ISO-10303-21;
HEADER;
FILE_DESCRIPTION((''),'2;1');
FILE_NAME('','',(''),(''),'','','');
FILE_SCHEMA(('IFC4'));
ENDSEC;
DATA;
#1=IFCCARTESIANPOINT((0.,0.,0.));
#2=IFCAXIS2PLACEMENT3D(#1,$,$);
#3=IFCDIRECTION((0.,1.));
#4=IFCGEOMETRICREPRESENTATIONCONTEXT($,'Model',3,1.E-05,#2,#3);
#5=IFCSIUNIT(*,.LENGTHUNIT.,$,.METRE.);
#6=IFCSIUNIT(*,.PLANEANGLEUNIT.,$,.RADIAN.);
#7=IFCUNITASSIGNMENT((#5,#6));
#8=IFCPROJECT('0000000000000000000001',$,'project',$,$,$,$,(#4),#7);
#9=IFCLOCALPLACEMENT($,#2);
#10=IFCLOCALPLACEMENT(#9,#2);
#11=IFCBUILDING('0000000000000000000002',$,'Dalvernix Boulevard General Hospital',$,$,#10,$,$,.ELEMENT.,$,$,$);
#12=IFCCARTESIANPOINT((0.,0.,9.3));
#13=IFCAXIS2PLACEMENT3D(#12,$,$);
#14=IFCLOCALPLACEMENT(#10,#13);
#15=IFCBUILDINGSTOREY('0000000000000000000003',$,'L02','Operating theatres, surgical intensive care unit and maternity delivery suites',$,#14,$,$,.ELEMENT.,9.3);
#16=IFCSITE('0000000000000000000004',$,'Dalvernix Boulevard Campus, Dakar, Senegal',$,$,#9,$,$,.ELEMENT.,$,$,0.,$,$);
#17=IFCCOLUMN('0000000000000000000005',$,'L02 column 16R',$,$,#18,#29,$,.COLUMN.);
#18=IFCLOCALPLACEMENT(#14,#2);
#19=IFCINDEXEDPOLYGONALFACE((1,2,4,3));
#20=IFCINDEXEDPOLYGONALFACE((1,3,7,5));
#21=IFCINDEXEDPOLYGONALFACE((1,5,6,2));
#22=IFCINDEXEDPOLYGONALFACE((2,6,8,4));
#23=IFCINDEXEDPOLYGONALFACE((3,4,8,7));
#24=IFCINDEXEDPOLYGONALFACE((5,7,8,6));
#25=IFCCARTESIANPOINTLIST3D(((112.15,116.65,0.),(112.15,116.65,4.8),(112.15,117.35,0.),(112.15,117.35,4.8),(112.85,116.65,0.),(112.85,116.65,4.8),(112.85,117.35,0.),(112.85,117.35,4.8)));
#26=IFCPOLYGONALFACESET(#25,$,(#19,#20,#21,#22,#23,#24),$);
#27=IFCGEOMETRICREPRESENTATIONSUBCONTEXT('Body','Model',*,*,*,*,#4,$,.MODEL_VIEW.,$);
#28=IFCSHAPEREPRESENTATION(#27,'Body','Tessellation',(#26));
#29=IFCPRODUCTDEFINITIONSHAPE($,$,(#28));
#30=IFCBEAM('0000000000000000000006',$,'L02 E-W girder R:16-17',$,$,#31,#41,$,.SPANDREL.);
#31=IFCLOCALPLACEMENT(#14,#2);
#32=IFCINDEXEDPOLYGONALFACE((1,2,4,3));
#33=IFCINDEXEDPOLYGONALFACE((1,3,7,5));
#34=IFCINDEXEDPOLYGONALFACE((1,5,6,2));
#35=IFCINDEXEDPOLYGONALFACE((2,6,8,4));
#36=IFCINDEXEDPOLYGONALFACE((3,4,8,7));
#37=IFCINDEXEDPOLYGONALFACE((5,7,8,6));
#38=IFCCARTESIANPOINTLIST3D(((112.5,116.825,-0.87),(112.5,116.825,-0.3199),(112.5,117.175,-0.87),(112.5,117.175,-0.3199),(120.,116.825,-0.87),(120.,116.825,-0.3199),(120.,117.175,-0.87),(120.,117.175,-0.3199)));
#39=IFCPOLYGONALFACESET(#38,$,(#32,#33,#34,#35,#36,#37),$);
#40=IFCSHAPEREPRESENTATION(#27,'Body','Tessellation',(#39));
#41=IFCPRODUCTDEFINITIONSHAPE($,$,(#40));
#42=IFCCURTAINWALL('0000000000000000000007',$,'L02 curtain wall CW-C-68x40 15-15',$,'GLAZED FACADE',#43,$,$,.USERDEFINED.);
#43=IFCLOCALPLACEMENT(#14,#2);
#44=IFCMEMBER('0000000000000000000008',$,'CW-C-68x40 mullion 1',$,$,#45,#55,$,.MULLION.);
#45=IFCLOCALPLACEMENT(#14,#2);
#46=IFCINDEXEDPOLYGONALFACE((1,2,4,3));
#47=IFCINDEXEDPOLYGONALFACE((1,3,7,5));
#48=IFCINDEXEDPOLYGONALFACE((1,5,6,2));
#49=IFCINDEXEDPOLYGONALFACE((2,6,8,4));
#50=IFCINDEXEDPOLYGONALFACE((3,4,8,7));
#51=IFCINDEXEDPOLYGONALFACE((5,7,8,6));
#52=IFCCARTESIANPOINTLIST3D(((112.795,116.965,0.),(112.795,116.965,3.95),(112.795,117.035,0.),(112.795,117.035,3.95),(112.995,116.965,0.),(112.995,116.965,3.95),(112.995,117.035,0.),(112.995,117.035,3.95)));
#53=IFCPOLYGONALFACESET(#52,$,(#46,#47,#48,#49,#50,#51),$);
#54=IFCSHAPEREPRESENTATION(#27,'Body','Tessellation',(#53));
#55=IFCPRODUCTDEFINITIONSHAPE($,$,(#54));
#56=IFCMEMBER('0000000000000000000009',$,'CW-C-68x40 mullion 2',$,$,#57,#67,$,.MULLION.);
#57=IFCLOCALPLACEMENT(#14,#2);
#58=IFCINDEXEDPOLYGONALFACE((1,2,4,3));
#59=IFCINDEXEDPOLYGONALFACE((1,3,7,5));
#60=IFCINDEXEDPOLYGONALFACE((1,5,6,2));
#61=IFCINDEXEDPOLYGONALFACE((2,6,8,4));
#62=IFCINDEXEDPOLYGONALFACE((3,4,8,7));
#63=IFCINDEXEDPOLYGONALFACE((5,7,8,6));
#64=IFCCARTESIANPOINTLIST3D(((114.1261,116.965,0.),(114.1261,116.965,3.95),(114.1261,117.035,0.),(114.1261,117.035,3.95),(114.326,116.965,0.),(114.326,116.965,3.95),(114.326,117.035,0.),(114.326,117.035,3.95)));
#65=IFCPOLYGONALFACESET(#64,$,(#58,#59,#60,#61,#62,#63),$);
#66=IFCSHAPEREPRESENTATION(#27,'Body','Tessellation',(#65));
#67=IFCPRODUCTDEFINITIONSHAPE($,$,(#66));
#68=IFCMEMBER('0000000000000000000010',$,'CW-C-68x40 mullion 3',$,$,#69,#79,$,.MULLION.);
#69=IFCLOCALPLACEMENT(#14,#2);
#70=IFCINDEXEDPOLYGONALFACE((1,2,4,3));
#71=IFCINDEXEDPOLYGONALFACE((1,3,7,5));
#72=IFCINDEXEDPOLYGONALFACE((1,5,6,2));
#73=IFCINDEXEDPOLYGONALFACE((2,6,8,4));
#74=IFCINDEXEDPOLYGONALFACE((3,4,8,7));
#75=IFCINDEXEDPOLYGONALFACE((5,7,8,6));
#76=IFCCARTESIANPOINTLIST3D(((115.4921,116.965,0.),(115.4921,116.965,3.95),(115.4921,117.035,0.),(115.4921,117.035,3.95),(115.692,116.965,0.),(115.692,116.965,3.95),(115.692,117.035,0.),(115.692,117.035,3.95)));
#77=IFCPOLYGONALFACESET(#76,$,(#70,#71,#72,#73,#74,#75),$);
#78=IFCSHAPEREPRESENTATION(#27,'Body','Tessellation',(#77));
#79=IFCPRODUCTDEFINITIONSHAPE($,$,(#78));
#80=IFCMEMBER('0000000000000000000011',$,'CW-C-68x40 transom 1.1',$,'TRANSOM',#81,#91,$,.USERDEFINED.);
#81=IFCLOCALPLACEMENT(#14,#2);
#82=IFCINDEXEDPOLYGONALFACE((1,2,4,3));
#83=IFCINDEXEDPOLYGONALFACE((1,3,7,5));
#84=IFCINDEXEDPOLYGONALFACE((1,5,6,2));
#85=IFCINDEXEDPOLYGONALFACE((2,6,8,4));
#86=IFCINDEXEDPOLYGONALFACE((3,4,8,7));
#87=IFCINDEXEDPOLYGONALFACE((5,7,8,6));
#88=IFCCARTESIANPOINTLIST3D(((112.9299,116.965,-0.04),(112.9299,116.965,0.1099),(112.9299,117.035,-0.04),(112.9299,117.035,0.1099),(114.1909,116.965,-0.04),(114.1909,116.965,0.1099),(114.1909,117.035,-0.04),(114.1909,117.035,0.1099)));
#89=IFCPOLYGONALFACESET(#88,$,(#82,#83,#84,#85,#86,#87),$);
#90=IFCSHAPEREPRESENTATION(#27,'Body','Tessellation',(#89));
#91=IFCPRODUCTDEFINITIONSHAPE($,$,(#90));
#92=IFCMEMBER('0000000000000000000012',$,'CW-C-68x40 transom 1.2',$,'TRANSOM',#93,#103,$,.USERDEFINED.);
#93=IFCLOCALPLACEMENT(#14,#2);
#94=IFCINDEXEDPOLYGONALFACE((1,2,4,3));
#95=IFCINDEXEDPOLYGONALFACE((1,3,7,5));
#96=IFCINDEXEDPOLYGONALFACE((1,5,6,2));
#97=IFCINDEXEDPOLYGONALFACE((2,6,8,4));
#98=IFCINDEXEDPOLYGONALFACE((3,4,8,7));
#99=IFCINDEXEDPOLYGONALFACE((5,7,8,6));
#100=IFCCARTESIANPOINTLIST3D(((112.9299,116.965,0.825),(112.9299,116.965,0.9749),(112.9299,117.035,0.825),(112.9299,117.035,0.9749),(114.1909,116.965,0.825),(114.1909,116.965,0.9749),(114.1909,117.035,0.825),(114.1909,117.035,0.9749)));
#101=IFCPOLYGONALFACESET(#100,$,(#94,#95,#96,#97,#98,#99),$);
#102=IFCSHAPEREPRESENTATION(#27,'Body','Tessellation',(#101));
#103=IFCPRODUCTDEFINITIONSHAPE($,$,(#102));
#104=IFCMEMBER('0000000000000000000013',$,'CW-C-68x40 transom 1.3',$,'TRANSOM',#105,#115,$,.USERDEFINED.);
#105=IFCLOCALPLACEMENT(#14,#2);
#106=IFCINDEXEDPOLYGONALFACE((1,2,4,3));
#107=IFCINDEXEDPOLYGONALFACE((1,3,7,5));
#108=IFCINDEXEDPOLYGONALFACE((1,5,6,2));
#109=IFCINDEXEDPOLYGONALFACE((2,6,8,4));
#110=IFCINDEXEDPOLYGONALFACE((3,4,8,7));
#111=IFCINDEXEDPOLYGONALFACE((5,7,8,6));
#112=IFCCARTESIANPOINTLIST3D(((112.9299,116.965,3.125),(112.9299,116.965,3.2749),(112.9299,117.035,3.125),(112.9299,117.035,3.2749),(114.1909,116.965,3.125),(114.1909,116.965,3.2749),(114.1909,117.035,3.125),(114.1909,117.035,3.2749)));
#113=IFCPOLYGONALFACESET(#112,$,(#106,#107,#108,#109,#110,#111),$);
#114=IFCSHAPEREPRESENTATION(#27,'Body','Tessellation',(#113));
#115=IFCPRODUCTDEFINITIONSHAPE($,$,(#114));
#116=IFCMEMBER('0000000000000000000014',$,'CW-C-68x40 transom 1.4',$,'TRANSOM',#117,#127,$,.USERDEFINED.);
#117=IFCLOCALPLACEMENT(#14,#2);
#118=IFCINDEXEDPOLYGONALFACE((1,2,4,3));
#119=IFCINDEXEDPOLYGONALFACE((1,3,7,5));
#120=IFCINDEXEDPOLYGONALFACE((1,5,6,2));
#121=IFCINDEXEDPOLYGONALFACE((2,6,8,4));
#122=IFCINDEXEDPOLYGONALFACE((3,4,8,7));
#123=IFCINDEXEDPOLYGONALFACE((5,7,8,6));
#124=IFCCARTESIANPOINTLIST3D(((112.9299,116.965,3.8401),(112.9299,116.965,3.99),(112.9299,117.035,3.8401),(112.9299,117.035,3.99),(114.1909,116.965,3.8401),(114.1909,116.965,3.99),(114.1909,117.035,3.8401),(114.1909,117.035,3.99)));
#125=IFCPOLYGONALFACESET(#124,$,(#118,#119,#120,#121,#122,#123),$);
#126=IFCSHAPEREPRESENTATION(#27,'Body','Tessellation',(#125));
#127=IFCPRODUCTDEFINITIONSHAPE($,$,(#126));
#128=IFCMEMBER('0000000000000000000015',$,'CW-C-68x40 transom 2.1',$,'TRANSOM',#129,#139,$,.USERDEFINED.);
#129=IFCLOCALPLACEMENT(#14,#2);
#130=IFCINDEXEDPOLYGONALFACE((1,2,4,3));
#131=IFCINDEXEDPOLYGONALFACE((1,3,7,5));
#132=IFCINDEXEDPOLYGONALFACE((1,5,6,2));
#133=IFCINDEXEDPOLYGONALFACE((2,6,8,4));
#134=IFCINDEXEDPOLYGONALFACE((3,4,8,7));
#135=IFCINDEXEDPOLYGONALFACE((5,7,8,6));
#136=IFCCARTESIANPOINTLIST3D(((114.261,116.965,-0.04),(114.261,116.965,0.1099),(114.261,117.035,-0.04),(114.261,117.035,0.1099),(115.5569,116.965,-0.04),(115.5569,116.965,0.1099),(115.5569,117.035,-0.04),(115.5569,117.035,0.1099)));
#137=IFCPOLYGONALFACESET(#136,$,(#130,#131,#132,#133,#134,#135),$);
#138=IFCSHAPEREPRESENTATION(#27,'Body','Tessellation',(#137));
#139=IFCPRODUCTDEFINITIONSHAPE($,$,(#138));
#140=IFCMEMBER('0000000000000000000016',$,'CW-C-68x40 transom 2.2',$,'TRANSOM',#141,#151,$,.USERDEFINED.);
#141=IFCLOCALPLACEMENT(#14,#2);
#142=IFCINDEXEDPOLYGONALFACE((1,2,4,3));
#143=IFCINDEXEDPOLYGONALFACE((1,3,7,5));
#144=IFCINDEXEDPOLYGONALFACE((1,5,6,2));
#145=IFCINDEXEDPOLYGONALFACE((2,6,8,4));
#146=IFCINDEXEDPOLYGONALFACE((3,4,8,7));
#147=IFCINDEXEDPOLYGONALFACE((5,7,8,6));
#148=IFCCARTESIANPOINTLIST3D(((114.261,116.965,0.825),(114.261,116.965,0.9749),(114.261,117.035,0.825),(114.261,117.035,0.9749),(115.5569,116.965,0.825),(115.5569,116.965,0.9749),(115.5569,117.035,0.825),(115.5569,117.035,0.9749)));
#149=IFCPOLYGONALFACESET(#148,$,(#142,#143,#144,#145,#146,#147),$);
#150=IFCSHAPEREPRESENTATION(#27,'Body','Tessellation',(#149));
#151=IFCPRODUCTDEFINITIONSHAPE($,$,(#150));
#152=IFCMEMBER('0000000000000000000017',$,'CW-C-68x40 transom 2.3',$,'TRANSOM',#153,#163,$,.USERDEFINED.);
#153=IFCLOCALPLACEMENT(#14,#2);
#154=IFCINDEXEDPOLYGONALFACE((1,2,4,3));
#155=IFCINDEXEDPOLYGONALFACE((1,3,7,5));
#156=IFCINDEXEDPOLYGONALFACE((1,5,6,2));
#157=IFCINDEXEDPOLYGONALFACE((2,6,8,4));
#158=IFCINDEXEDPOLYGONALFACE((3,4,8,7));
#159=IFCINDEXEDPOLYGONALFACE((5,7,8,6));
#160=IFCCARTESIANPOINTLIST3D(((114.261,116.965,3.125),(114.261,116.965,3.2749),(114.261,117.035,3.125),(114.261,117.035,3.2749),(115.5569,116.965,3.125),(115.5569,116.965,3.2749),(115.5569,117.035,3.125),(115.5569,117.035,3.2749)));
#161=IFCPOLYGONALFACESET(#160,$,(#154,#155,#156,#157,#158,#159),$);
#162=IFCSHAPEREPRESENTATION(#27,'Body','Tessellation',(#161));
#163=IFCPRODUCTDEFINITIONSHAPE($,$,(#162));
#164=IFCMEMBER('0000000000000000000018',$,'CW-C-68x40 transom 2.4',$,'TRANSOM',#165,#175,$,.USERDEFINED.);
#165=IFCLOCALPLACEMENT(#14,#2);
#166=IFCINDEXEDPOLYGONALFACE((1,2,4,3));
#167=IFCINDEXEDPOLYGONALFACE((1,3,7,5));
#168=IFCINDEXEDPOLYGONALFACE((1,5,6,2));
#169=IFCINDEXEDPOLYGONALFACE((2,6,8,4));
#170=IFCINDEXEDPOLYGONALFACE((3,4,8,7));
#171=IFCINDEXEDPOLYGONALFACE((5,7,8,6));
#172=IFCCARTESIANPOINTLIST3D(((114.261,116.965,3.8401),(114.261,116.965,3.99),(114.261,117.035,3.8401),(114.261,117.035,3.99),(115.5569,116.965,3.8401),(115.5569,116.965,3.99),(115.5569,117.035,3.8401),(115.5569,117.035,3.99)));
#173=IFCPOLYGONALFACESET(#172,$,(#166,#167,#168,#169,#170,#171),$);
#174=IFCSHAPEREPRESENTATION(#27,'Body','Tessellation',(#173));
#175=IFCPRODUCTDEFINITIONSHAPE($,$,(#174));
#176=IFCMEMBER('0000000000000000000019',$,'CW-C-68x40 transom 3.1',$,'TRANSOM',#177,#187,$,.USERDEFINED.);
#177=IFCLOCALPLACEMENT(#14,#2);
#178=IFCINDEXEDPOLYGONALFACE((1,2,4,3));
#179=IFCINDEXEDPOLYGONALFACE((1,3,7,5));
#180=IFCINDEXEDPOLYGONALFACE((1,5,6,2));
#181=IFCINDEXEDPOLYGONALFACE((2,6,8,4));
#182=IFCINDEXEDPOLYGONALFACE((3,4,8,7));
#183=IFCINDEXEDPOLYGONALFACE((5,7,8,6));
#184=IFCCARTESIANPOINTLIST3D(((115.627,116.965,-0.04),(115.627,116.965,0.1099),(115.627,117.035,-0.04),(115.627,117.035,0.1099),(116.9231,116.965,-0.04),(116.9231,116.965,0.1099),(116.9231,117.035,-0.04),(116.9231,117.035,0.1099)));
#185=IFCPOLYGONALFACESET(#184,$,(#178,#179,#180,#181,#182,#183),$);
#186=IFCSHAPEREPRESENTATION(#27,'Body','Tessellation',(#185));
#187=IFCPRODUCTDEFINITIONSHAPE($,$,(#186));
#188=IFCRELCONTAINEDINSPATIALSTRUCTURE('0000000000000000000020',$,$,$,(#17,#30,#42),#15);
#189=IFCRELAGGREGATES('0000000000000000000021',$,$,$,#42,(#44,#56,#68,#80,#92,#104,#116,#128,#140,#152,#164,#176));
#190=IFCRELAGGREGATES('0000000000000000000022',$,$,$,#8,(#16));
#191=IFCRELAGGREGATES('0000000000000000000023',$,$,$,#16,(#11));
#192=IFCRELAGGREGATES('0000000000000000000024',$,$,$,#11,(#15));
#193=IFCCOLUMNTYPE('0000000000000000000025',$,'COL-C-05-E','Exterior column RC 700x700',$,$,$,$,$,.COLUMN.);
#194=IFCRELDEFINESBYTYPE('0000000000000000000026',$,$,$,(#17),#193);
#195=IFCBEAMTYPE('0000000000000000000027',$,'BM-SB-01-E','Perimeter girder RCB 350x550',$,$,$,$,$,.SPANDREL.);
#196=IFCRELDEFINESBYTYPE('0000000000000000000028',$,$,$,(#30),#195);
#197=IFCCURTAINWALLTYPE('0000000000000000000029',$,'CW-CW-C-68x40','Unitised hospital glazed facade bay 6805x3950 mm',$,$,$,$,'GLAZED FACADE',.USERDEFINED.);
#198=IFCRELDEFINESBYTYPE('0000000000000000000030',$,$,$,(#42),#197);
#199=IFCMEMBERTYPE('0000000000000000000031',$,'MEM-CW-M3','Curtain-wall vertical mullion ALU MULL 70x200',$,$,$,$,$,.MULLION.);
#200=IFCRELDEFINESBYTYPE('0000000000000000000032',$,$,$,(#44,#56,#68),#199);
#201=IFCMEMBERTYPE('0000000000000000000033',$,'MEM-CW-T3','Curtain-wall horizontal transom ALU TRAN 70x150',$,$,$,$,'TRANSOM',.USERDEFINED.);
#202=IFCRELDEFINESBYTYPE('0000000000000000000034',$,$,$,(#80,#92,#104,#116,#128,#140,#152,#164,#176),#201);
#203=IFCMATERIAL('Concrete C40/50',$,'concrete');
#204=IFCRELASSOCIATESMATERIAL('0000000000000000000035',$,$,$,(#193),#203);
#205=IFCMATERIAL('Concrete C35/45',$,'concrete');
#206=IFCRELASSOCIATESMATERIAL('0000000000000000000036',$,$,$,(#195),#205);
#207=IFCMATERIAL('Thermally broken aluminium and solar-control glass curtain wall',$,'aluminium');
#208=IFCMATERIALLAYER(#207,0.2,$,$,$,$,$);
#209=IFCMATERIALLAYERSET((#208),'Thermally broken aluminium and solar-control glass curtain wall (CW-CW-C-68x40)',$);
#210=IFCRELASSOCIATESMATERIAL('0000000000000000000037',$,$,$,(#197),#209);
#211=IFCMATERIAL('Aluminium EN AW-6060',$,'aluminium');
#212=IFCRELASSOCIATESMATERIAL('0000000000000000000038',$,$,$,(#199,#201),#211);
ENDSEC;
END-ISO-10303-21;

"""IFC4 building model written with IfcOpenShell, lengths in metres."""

from ifc_helpers import new_model, si_unit, direction, frame, origin, origin_2d, place, context, subcontext, project, spatial, rectangle, extrude, material, layer, layer_set, material_profile, profile_set, type_object, element, aggregate, save


model = new_model("IFC4")

# Units and contexts
model_context = context("Model", 3, precision=1e-05, world=origin(), true_north=direction((0.0, 1.0)))
body_context = subcontext(model_context, "Body", "Model", "MODEL_VIEW")
ifc_project = project(units=[si_unit("LENGTHUNIT", "METRE"), si_unit("PLANEANGLEUNIT", "RADIAN")], contexts=[model_context])

# Site, building, storey
site_placement = place(None, origin())
site = spatial("IfcSite", under=ifc_project, at=site_placement, Name="Dalvernix Boulevard Campus, Dakar, Senegal", CompositionType="ELEMENT", RefElevation=0.0)
building_placement = place(site_placement, origin())
building = spatial("IfcBuilding", under=site, at=building_placement, Name="Dalvernix Boulevard General Hospital", CompositionType="ELEMENT")
storey_placement = place(building_placement, frame((0.0, 0.0, 9.3)))
storey = spatial("IfcBuildingStorey", under=building, at=storey_placement, Name="L02", Description="Operating theatres, surgical intensive care unit and maternity delivery suites", CompositionType="ELEMENT", Elevation=9.3)

# Column
ifc_material_1 = material(Name="Concrete C40/50", Category="concrete")
ifc_material_profile_1 = material_profile(ifc_material_1, rectangle(XDim=0.7, YDim=0.7, at=origin_2d()), Name="RC 700x700")
ifc_profile_set_1 = profile_set([ifc_material_profile_1], Name="Concrete C40/50")
column_type = type_object("IfcColumnType", Name="COL-C-05-E", Description="Exterior column RC 700x700", PredefinedType="COLUMN", material=ifc_profile_set_1)
column_placement = place(storey_placement, frame((112.5, 117.0, 0.0), z_axis=(0.0, 0.0, 1.0), x_axis=(1.0, 0.0, 0.0)))
element("IfcColumn", 1, at=column_placement, inside=storey, type_object=column_type, Name="L02 column 16R", PredefinedType="COLUMN", context=body_context, shape_type="SweptSolid", body=[
    extrude(rectangle(XDim=0.7, YDim=0.7, at=origin_2d()), origin(), (0.0, 0.0, 1.0), 4.8),
])

# Beam
ifc_material_2 = material(Name="Concrete C35/45", Category="concrete")
ifc_material_profile_2 = material_profile(ifc_material_2, rectangle(XDim=0.3501, YDim=0.55, at=origin_2d()), Name="RCB 350x550")
ifc_profile_set_2 = profile_set([ifc_material_profile_2], Name="Concrete C35/45")
beam_type = type_object("IfcBeamType", Name="BM-SB-01-E", Description="Perimeter girder RCB 350x550", PredefinedType="SPANDREL", material=ifc_profile_set_2)
beam_placement = place(storey_placement, frame((112.5, 117.0, -0.595), z_axis=(1.0, 0.0, 0.0), x_axis=(0.0, 1.0, 0.0)))
element("IfcBeam", 2, at=beam_placement, inside=storey, type_object=beam_type, Name="L02 E-W girder R:16-17", PredefinedType="SPANDREL", context=body_context, shape_type="SweptSolid", body=[
    extrude(rectangle(XDim=0.3501, YDim=0.55, at=origin_2d()), origin(), (0.0, 0.0, 1.0), 7.5),
])

# Curtain wall, members
ifc_material_3 = material(Name="Thermally broken aluminium and solar-control glass curtain wall", Category="aluminium")
ifc_layer_1 = layer(ifc_material_3, 0.2)
ifc_layer_set_1 = layer_set([ifc_layer_1], Name="Thermally broken aluminium and solar-control glass curtain wall (CW-CW-C-68x40)")
curtain_wall_type = type_object("IfcCurtainWallType", Name="CW-CW-C-68x40", Description="Unitised hospital glazed facade bay 6805x3950 mm", ElementType="GLAZED FACADE", PredefinedType="USERDEFINED", material=ifc_layer_set_1)
curtain_wall_placement = place(storey_placement, origin())
curtain_wall = element("IfcCurtainWall", 3, at=curtain_wall_placement, inside=storey, type_object=curtain_wall_type, Name="L02 curtain wall CW-C-68x40 15-15", ObjectType="GLAZED FACADE", PredefinedType="USERDEFINED")
ifc_material_4 = material(Name="Aluminium EN AW-6060", Category="aluminium")
ifc_material_profile_3 = material_profile(ifc_material_4, rectangle(XDim=0.0701, YDim=0.2, at=origin_2d()), Name="ALU MULL 70x200")
ifc_profile_set_3 = profile_set([ifc_material_profile_3], Name="Aluminium EN AW-6060")
member_type_1 = type_object("IfcMemberType", Name="MEM-CW-M3", Description="Curtain-wall vertical mullion ALU MULL 70x200", PredefinedType="MULLION", material=ifc_profile_set_3)
member_1_placement = place(storey_placement, frame((112.895, 117.0, 0.0), z_axis=(0.0, 0.0, 1.0), x_axis=(0.0, 1.0, 0.0)))
member_1 = element("IfcMember", 4, at=member_1_placement, type_object=member_type_1, Name="CW-C-68x40 mullion 1", PredefinedType="MULLION", context=body_context, shape_type="SweptSolid", body=[
    extrude(rectangle(XDim=0.0701, YDim=0.2, at=origin_2d()), origin(), (0.0, 0.0, 1.0), 3.95),
])
member_2_placement = place(storey_placement, frame((114.2261, 117.0, 0.0), z_axis=(0.0, 0.0, 1.0), x_axis=(0.0, 1.0, 0.0)))
member_2 = element("IfcMember", 5, at=member_2_placement, type_object=member_type_1, Name="CW-C-68x40 mullion 2", PredefinedType="MULLION", context=body_context, shape_type="SweptSolid", body=[
    extrude(rectangle(XDim=0.0701, YDim=0.2, at=origin_2d()), origin(), (0.0, 0.0, 1.0), 3.95),
])
member_3_placement = place(storey_placement, frame((115.592, 117.0, 0.0), z_axis=(0.0, 0.0, 1.0), x_axis=(0.0, 1.0, 0.0)))
member_3 = element("IfcMember", 6, at=member_3_placement, type_object=member_type_1, Name="CW-C-68x40 mullion 3", PredefinedType="MULLION", context=body_context, shape_type="SweptSolid", body=[
    extrude(rectangle(XDim=0.0701, YDim=0.2, at=origin_2d()), origin(), (0.0, 0.0, 1.0), 3.95),
])
ifc_material_profile_4 = material_profile(ifc_material_4, rectangle(XDim=0.0701, YDim=0.1499, at=origin_2d()), Name="ALU TRAN 70x150")
ifc_profile_set_4 = profile_set([ifc_material_profile_4], Name="Aluminium EN AW-6060")
member_type_2 = type_object("IfcMemberType", Name="MEM-CW-T3", Description="Curtain-wall horizontal transom ALU TRAN 70x150", ElementType="TRANSOM", PredefinedType="USERDEFINED", material=ifc_profile_set_4)
member_4_placement = place(storey_placement, frame((112.9299, 117.0, 0.0349), z_axis=(1.0, 0.0, 0.0), x_axis=(0.0, 1.0, 0.0)))
member_4 = element("IfcMember", 7, at=member_4_placement, type_object=member_type_2, Name="CW-C-68x40 transom 1.1", ObjectType="TRANSOM", PredefinedType="USERDEFINED", context=body_context, shape_type="SweptSolid", body=[
    extrude(rectangle(XDim=0.0701, YDim=0.1499, at=origin_2d()), origin(), (0.0, 0.0, 1.0), 1.261),
])
member_5_placement = place(storey_placement, frame((112.9299, 117.0, 0.8999), z_axis=(1.0, 0.0, 0.0), x_axis=(0.0, 1.0, 0.0)))
member_5 = element("IfcMember", 8, at=member_5_placement, type_object=member_type_2, Name="CW-C-68x40 transom 1.2", ObjectType="TRANSOM", PredefinedType="USERDEFINED", context=body_context, shape_type="SweptSolid", body=[
    extrude(rectangle(XDim=0.0701, YDim=0.1499, at=origin_2d()), origin(), (0.0, 0.0, 1.0), 1.261),
])
member_6_placement = place(storey_placement, frame((112.9299, 117.0, 3.2), z_axis=(1.0, 0.0, 0.0), x_axis=(0.0, 1.0, 0.0)))
member_6 = element("IfcMember", 9, at=member_6_placement, type_object=member_type_2, Name="CW-C-68x40 transom 1.3", ObjectType="TRANSOM", PredefinedType="USERDEFINED", context=body_context, shape_type="SweptSolid", body=[
    extrude(rectangle(XDim=0.0701, YDim=0.1499, at=origin_2d()), origin(), (0.0, 0.0, 1.0), 1.261),
])
member_7_placement = place(storey_placement, frame((112.9299, 117.0, 3.915), z_axis=(1.0, 0.0, 0.0), x_axis=(0.0, 1.0, 0.0)))
member_7 = element("IfcMember", 10, at=member_7_placement, type_object=member_type_2, Name="CW-C-68x40 transom 1.4", ObjectType="TRANSOM", PredefinedType="USERDEFINED", context=body_context, shape_type="SweptSolid", body=[
    extrude(rectangle(XDim=0.0701, YDim=0.1499, at=origin_2d()), origin(), (0.0, 0.0, 1.0), 1.261),
])
member_8_placement = place(storey_placement, frame((114.261, 117.0, 0.0349), z_axis=(1.0, 0.0, 0.0), x_axis=(0.0, 1.0, 0.0)))
member_8 = element("IfcMember", 11, at=member_8_placement, type_object=member_type_2, Name="CW-C-68x40 transom 2.1", ObjectType="TRANSOM", PredefinedType="USERDEFINED", context=body_context, shape_type="SweptSolid", body=[
    extrude(rectangle(XDim=0.0701, YDim=0.1499, at=origin_2d()), origin(), (0.0, 0.0, 1.0), 1.2959),
])
member_9_placement = place(storey_placement, frame((114.261, 117.0, 0.8999), z_axis=(1.0, 0.0, 0.0), x_axis=(0.0, 1.0, 0.0)))
member_9 = element("IfcMember", 12, at=member_9_placement, type_object=member_type_2, Name="CW-C-68x40 transom 2.2", ObjectType="TRANSOM", PredefinedType="USERDEFINED", context=body_context, shape_type="SweptSolid", body=[
    extrude(rectangle(XDim=0.0701, YDim=0.1499, at=origin_2d()), origin(), (0.0, 0.0, 1.0), 1.2959),
])
member_10_placement = place(storey_placement, frame((114.261, 117.0, 3.2), z_axis=(1.0, 0.0, 0.0), x_axis=(0.0, 1.0, 0.0)))
member_10 = element("IfcMember", 13, at=member_10_placement, type_object=member_type_2, Name="CW-C-68x40 transom 2.3", ObjectType="TRANSOM", PredefinedType="USERDEFINED", context=body_context, shape_type="SweptSolid", body=[
    extrude(rectangle(XDim=0.0701, YDim=0.1499, at=origin_2d()), origin(), (0.0, 0.0, 1.0), 1.2959),
])
member_11_placement = place(storey_placement, frame((114.261, 117.0, 3.915), z_axis=(1.0, 0.0, 0.0), x_axis=(0.0, 1.0, 0.0)))
member_11 = element("IfcMember", 14, at=member_11_placement, type_object=member_type_2, Name="CW-C-68x40 transom 2.4", ObjectType="TRANSOM", PredefinedType="USERDEFINED", context=body_context, shape_type="SweptSolid", body=[
    extrude(rectangle(XDim=0.0701, YDim=0.1499, at=origin_2d()), origin(), (0.0, 0.0, 1.0), 1.2959),
])
member_12_placement = place(storey_placement, frame((115.627, 117.0, 0.0349), z_axis=(1.0, 0.0, 0.0), x_axis=(0.0, 1.0, 0.0)))
member_12 = element("IfcMember", 15, at=member_12_placement, type_object=member_type_2, Name="CW-C-68x40 transom 3.1", ObjectType="TRANSOM", PredefinedType="USERDEFINED", context=body_context, shape_type="SweptSolid", body=[
    extrude(rectangle(XDim=0.0701, YDim=0.1499, at=origin_2d()), origin(), (0.0, 0.0, 1.0), 1.2961),
])
aggregate(curtain_wall, [member_1, member_2, member_3, member_4, member_5, member_6, member_7, member_8, member_9, member_10, member_11, member_12])

save(model, "model.ifc")
